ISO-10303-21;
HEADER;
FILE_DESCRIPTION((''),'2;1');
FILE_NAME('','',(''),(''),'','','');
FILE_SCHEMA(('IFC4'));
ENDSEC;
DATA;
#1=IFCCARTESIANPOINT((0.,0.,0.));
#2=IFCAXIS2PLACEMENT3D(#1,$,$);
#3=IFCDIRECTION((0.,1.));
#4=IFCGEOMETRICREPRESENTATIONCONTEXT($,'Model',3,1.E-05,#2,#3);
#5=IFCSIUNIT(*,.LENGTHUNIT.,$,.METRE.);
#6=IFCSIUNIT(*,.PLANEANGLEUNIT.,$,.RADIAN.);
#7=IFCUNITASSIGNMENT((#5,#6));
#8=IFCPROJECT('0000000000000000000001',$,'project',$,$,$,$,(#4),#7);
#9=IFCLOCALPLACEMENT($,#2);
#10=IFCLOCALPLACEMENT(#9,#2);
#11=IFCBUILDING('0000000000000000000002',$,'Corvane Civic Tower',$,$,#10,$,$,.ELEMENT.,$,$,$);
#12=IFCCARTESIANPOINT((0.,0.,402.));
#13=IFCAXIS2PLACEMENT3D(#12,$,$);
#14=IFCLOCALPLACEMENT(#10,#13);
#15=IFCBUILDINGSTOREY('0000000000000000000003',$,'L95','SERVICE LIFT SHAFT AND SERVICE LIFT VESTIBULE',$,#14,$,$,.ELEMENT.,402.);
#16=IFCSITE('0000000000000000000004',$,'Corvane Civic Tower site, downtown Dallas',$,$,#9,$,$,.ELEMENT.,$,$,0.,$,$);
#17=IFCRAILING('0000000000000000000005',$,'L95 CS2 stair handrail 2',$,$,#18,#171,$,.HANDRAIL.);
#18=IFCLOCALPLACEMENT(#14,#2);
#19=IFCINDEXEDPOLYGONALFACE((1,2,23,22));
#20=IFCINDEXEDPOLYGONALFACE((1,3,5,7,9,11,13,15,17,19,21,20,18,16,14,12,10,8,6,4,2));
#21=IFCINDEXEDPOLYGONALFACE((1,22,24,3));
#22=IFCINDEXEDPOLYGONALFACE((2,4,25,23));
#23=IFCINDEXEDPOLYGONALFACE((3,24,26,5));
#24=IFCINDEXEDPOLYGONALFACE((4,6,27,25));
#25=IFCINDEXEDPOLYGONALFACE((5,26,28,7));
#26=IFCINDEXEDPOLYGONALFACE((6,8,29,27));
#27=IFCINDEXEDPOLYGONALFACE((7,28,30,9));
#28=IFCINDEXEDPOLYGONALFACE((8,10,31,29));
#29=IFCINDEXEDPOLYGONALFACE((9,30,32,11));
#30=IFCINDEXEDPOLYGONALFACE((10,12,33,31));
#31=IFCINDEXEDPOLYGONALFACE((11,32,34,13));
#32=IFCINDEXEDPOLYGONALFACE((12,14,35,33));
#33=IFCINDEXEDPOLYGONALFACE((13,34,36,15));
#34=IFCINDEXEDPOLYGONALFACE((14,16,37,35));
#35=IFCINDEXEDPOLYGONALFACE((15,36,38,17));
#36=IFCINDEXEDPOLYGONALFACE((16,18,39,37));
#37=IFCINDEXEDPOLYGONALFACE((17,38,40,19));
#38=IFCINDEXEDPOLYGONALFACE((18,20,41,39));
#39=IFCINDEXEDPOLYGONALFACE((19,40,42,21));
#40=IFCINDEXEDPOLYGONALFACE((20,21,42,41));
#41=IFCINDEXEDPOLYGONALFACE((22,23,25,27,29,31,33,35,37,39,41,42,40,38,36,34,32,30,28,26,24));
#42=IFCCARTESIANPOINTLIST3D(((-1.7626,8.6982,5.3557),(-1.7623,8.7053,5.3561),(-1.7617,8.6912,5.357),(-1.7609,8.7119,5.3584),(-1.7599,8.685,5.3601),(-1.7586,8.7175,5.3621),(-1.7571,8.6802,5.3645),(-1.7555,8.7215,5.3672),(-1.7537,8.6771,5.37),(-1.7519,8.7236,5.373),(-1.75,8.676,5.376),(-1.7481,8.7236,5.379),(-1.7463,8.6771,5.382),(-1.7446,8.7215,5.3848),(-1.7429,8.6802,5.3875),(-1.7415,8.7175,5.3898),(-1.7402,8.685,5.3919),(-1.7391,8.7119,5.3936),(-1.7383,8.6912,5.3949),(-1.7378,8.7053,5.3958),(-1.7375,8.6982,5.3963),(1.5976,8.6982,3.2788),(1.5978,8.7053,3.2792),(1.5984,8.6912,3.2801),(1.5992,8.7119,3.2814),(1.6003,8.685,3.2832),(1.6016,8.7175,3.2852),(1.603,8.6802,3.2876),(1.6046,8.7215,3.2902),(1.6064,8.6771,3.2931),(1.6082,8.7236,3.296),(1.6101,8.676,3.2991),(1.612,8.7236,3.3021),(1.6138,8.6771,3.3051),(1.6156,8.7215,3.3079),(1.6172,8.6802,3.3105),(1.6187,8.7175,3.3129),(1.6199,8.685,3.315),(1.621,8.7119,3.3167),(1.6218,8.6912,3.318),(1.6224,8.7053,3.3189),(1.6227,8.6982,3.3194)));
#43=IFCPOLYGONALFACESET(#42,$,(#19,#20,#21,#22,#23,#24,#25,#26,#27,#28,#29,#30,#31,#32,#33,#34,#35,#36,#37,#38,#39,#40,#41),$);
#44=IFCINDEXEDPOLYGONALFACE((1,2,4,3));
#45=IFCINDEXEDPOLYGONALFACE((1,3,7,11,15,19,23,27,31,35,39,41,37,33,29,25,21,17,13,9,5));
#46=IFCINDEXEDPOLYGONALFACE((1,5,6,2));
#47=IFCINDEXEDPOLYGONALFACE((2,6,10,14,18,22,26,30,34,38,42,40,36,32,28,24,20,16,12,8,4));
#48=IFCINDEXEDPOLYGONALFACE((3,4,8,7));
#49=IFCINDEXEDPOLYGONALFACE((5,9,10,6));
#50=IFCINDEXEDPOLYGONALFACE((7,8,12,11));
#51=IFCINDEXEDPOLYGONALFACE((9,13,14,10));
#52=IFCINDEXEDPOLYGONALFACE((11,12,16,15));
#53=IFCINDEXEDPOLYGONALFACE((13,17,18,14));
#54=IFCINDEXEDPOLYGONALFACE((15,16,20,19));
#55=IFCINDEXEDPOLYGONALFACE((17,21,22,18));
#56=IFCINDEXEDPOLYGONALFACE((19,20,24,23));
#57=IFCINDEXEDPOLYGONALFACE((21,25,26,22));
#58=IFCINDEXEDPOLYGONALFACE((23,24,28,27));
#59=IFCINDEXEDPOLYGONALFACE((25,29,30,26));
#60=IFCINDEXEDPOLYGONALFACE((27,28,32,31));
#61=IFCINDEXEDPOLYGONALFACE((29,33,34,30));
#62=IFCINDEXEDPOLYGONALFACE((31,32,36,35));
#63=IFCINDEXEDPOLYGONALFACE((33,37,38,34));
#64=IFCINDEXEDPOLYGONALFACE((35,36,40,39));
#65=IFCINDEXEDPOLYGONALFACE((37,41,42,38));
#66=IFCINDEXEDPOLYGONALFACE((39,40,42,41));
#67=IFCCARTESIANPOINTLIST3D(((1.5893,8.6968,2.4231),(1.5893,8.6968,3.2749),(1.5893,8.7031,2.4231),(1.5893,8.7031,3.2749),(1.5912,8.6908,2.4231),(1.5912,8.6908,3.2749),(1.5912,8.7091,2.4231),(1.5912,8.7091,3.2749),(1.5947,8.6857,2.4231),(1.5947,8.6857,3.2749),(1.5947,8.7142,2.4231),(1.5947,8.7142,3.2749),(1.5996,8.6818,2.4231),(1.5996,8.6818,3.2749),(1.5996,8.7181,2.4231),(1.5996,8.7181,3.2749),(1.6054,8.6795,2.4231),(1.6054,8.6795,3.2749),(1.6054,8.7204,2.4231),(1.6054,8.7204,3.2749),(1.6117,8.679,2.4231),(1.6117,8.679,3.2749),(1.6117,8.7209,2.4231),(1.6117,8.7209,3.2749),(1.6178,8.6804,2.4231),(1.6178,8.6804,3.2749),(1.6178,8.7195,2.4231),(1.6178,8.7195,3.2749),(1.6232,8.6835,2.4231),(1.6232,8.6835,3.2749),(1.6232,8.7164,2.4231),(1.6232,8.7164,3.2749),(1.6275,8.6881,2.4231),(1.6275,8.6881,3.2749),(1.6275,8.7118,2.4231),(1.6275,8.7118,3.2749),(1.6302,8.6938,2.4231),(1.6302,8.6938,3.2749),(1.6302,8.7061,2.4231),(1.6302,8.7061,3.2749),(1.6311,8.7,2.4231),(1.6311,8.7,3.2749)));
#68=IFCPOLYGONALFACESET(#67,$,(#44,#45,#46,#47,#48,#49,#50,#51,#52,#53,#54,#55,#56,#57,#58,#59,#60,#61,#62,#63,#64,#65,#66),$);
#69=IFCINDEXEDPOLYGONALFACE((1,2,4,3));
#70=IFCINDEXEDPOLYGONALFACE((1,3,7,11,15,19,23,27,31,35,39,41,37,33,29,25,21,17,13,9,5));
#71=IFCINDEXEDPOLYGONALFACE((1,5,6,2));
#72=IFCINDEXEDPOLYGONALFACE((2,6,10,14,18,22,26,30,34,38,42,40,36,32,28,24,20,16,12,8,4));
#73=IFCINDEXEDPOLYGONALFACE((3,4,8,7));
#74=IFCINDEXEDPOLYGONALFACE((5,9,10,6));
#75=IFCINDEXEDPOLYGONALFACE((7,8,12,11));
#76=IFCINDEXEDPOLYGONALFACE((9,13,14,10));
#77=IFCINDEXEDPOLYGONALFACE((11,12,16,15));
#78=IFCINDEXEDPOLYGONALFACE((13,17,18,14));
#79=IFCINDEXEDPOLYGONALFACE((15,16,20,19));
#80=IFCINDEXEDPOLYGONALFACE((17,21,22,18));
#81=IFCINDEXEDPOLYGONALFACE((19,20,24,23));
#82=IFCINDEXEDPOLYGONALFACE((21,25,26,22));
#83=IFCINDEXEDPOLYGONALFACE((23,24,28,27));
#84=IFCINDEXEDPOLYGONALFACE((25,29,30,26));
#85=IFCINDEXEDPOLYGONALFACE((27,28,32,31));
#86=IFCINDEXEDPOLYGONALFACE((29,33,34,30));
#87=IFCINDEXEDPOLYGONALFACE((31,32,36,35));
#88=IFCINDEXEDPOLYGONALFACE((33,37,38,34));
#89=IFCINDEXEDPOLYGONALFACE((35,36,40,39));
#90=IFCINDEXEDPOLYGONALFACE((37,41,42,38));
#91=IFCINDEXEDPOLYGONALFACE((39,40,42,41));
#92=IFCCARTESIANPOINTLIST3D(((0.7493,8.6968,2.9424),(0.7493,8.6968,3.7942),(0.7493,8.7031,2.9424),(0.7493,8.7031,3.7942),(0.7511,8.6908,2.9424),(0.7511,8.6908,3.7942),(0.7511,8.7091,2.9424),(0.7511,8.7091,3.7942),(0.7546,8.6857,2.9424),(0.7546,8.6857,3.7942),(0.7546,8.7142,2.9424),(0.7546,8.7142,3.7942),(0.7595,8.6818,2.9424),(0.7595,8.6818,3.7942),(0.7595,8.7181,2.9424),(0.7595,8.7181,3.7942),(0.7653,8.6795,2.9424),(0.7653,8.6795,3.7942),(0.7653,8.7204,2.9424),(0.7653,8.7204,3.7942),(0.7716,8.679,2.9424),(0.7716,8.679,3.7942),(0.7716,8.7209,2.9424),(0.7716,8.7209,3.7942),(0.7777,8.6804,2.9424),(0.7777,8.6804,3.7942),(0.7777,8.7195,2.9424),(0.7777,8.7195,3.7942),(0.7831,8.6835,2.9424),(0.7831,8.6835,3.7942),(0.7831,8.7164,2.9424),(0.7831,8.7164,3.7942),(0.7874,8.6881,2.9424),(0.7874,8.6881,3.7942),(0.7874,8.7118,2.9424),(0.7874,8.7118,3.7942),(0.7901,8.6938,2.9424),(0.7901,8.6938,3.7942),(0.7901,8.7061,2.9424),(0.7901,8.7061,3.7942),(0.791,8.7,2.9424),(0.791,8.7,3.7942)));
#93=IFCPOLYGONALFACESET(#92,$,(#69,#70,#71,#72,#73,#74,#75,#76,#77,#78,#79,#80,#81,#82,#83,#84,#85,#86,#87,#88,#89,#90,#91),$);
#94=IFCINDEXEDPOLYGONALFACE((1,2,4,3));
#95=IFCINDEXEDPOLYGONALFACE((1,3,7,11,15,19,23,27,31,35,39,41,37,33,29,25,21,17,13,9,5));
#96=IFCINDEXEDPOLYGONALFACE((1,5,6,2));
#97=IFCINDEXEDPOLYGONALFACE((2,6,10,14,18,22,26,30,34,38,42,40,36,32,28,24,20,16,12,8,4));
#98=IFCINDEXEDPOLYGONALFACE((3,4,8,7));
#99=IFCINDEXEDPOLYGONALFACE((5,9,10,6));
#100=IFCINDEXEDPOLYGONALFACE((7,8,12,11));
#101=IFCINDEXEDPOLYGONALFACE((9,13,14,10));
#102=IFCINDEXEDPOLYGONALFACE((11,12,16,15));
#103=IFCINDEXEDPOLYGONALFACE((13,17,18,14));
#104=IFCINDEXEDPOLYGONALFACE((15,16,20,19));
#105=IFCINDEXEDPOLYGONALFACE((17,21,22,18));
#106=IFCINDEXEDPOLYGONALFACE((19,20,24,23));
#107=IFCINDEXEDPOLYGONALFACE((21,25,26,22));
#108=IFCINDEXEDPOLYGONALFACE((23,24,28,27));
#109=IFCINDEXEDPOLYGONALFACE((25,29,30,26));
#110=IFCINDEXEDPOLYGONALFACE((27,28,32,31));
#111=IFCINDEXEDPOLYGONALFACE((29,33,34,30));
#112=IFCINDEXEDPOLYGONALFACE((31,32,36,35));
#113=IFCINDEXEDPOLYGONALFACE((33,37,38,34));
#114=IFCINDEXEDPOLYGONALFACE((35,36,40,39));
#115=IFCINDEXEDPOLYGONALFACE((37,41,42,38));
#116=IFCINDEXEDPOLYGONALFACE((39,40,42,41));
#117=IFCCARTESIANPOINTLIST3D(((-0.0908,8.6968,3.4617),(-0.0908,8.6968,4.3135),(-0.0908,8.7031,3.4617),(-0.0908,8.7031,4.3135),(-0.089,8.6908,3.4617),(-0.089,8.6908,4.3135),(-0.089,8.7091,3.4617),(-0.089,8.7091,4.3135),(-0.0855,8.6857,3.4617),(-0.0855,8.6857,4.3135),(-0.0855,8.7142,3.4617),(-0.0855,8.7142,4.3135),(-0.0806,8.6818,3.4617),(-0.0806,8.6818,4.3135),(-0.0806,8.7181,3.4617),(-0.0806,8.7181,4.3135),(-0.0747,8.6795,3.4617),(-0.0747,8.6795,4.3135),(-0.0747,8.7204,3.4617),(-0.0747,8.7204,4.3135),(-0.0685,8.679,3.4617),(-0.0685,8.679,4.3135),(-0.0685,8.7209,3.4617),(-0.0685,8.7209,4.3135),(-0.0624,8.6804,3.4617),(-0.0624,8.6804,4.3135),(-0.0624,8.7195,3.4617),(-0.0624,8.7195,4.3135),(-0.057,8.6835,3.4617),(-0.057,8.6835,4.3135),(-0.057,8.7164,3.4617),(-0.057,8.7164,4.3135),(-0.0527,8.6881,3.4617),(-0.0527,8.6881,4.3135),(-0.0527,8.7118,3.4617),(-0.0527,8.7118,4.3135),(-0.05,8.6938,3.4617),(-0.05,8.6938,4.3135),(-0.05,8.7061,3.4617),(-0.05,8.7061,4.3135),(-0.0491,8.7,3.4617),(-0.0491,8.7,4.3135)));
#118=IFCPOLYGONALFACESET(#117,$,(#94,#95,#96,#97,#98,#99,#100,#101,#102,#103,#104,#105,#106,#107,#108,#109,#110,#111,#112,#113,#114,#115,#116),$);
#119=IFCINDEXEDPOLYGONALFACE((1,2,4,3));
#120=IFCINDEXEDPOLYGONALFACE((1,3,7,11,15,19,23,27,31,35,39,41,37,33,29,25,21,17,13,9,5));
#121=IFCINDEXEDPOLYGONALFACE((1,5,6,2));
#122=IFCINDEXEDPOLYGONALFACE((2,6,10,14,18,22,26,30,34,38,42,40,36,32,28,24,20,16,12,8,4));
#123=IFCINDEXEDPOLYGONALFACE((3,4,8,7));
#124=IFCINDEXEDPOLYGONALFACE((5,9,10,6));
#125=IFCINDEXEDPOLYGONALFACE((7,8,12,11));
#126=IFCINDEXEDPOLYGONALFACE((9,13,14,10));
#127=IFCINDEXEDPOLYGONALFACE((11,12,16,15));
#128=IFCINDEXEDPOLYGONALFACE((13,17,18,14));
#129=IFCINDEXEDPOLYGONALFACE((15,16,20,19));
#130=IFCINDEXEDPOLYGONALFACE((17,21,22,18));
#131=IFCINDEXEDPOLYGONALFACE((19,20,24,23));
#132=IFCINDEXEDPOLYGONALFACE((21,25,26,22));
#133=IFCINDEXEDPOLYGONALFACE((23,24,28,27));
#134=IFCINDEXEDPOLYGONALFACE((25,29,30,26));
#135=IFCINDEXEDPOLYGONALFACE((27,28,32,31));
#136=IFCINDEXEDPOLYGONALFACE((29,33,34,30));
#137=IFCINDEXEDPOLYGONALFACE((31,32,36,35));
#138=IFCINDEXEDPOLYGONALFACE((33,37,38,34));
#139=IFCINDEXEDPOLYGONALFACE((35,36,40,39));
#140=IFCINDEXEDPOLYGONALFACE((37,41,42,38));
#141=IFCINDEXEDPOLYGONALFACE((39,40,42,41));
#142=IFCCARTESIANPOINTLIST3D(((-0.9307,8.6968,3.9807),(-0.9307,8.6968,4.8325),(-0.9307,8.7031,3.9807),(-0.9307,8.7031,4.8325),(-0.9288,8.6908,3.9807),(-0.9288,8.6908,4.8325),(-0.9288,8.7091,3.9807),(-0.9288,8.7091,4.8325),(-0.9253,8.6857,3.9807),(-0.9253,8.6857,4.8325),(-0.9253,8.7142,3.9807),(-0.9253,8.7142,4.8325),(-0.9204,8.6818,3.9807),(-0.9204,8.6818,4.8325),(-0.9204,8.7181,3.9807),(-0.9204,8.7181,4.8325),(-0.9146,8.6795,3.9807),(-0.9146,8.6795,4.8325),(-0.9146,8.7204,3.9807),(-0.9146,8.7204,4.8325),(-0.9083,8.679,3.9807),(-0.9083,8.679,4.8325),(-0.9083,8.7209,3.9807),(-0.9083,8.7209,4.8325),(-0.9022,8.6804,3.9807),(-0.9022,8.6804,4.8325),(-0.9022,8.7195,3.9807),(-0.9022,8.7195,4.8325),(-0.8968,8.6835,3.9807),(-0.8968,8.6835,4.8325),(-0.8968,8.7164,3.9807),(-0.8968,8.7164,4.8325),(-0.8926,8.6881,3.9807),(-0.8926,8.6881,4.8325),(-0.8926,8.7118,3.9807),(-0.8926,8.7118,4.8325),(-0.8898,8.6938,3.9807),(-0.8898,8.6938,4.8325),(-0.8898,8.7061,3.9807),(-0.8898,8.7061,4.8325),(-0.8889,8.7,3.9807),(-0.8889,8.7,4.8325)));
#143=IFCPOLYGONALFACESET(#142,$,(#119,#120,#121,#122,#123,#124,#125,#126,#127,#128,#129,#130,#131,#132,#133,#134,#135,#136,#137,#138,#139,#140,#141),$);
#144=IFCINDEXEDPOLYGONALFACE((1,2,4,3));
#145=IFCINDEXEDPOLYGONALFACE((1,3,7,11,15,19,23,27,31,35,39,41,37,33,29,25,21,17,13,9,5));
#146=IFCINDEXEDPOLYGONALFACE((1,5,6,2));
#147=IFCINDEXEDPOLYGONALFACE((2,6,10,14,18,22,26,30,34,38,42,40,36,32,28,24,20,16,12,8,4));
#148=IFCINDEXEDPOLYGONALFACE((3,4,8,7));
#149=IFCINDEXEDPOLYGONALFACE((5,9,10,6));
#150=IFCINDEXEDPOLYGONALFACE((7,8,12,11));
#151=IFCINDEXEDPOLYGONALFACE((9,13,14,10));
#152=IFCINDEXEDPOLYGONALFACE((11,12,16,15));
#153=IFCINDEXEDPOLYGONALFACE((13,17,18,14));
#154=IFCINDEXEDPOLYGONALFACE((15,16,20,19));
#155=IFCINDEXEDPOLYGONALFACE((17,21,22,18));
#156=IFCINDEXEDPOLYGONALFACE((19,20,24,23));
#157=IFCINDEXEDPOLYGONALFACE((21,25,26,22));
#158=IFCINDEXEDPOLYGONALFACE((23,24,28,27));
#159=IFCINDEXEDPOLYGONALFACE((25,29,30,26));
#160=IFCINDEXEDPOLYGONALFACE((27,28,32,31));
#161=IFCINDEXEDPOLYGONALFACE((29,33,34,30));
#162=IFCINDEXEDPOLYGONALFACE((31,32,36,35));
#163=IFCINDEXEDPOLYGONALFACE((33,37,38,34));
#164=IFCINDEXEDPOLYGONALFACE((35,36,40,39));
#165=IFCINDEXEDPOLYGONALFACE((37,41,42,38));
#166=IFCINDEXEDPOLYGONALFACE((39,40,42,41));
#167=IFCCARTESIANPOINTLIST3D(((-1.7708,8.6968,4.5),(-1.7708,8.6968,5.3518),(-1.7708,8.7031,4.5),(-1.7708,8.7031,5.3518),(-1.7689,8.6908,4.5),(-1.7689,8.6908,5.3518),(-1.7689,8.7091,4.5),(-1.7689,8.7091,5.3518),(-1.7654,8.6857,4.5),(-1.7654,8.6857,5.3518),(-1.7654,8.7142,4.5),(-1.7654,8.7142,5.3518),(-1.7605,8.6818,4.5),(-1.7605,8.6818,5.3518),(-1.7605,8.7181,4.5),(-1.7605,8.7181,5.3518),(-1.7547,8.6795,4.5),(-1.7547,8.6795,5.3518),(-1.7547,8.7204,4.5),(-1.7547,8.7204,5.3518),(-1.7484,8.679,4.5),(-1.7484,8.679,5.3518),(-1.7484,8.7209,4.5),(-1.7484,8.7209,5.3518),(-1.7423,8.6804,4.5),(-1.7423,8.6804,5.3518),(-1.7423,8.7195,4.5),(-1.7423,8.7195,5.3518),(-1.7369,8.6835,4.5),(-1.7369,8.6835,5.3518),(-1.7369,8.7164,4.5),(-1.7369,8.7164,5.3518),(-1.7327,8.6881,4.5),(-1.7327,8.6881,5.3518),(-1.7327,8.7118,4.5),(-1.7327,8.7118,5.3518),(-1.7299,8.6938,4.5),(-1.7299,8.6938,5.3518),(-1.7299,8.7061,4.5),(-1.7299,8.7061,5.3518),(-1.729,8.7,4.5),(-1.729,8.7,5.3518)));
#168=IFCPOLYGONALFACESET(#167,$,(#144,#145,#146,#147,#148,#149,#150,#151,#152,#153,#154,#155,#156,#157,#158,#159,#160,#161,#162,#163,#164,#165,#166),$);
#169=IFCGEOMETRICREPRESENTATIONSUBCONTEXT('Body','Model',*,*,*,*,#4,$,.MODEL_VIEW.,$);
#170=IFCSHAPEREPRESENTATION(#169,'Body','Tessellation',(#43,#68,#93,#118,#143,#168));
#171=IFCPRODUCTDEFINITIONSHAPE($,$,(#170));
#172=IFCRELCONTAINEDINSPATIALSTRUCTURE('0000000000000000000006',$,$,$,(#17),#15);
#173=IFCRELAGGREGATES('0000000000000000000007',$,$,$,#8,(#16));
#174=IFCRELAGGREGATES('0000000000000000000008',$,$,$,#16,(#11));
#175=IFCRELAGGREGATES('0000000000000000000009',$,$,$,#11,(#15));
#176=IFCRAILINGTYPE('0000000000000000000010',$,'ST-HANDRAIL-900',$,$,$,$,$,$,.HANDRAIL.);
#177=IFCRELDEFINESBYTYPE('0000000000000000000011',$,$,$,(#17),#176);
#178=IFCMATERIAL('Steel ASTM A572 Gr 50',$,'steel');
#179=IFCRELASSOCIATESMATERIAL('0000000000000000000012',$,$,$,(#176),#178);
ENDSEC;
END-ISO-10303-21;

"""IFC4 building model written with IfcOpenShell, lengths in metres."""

from ifc_helpers import new_model, si_unit, direction, frame, origin, origin_2d, place, context, subcontext, project, spatial, circle, extrude, material, type_object, element, save


model = new_model("IFC4")

# Units and contexts
model_context = context("Model", 3, precision=1e-05, world=origin(), true_north=direction((0.0, 1.0)))
body_context = subcontext(model_context, "Body", "Model", "MODEL_VIEW")
ifc_project = project(units=[si_unit("LENGTHUNIT", "METRE"), si_unit("PLANEANGLEUNIT", "RADIAN")], contexts=[model_context])

# Site, building, storey
site_placement = place(None, origin())
site = spatial("IfcSite", under=ifc_project, at=site_placement, Name="Corvane Civic Tower site, downtown Dallas", CompositionType="ELEMENT", RefElevation=0.0)
building_placement = place(site_placement, origin())
building = spatial("IfcBuilding", under=site, at=building_placement, Name="Corvane Civic Tower", CompositionType="ELEMENT")
storey_placement = place(building_placement, frame((0.0, 0.0, 402.0)))
storey = spatial("IfcBuildingStorey", under=building, at=storey_placement, Name="L95", Description="SERVICE LIFT SHAFT AND SERVICE LIFT VESTIBULE", CompositionType="ELEMENT", Elevation=402.0)

# Railing
ifc_material_1 = material(Name="Steel ASTM A572 Gr 50", Category="steel")
railing_type = type_object("IfcRailingType", Name="ST-HANDRAIL-900", PredefinedType="HANDRAIL", material=ifc_material_1)
railing_placement = place(storey_placement, frame((1.6101, 8.7, 2.4231)))
element("IfcRailing", 1, at=railing_placement, inside=storey, type_object=railing_type, Name="L95 CS2 stair handrail 2", PredefinedType="HANDRAIL", context=body_context, shape_type="SweptSolid", body=[
    extrude(circle(Radius=0.0239, at=origin_2d()), frame((0.0, 0.0, 0.876), z_axis=(-0.850623, 0.0, 0.525776), x_axis=(0.0, -1.0, 0.0)), (0.0, 0.0, 1.0), 3.9502),
    extrude(circle(Radius=0.021, at=origin_2d()), origin(), (0.0, 0.0, 1.0), 0.8518),
    extrude(circle(Radius=0.021, at=origin_2d()), frame((-0.8401, 0.0, 0.5193)), (0.0, 0.0, 1.0), 0.8518),
    extrude(circle(Radius=0.021, at=origin_2d()), frame((-1.6802, 0.0, 1.0386)), (0.0, 0.0, 1.0), 0.8518),
    extrude(circle(Radius=0.021, at=origin_2d()), frame((-2.52, 0.0, 1.5576)), (0.0, 0.0, 1.0), 0.8518),
    extrude(circle(Radius=0.021, at=origin_2d()), frame((-3.3601, 0.0, 2.0769)), (0.0, 0.0, 1.0), 0.8518),
])

save(model, "model.ifc")
